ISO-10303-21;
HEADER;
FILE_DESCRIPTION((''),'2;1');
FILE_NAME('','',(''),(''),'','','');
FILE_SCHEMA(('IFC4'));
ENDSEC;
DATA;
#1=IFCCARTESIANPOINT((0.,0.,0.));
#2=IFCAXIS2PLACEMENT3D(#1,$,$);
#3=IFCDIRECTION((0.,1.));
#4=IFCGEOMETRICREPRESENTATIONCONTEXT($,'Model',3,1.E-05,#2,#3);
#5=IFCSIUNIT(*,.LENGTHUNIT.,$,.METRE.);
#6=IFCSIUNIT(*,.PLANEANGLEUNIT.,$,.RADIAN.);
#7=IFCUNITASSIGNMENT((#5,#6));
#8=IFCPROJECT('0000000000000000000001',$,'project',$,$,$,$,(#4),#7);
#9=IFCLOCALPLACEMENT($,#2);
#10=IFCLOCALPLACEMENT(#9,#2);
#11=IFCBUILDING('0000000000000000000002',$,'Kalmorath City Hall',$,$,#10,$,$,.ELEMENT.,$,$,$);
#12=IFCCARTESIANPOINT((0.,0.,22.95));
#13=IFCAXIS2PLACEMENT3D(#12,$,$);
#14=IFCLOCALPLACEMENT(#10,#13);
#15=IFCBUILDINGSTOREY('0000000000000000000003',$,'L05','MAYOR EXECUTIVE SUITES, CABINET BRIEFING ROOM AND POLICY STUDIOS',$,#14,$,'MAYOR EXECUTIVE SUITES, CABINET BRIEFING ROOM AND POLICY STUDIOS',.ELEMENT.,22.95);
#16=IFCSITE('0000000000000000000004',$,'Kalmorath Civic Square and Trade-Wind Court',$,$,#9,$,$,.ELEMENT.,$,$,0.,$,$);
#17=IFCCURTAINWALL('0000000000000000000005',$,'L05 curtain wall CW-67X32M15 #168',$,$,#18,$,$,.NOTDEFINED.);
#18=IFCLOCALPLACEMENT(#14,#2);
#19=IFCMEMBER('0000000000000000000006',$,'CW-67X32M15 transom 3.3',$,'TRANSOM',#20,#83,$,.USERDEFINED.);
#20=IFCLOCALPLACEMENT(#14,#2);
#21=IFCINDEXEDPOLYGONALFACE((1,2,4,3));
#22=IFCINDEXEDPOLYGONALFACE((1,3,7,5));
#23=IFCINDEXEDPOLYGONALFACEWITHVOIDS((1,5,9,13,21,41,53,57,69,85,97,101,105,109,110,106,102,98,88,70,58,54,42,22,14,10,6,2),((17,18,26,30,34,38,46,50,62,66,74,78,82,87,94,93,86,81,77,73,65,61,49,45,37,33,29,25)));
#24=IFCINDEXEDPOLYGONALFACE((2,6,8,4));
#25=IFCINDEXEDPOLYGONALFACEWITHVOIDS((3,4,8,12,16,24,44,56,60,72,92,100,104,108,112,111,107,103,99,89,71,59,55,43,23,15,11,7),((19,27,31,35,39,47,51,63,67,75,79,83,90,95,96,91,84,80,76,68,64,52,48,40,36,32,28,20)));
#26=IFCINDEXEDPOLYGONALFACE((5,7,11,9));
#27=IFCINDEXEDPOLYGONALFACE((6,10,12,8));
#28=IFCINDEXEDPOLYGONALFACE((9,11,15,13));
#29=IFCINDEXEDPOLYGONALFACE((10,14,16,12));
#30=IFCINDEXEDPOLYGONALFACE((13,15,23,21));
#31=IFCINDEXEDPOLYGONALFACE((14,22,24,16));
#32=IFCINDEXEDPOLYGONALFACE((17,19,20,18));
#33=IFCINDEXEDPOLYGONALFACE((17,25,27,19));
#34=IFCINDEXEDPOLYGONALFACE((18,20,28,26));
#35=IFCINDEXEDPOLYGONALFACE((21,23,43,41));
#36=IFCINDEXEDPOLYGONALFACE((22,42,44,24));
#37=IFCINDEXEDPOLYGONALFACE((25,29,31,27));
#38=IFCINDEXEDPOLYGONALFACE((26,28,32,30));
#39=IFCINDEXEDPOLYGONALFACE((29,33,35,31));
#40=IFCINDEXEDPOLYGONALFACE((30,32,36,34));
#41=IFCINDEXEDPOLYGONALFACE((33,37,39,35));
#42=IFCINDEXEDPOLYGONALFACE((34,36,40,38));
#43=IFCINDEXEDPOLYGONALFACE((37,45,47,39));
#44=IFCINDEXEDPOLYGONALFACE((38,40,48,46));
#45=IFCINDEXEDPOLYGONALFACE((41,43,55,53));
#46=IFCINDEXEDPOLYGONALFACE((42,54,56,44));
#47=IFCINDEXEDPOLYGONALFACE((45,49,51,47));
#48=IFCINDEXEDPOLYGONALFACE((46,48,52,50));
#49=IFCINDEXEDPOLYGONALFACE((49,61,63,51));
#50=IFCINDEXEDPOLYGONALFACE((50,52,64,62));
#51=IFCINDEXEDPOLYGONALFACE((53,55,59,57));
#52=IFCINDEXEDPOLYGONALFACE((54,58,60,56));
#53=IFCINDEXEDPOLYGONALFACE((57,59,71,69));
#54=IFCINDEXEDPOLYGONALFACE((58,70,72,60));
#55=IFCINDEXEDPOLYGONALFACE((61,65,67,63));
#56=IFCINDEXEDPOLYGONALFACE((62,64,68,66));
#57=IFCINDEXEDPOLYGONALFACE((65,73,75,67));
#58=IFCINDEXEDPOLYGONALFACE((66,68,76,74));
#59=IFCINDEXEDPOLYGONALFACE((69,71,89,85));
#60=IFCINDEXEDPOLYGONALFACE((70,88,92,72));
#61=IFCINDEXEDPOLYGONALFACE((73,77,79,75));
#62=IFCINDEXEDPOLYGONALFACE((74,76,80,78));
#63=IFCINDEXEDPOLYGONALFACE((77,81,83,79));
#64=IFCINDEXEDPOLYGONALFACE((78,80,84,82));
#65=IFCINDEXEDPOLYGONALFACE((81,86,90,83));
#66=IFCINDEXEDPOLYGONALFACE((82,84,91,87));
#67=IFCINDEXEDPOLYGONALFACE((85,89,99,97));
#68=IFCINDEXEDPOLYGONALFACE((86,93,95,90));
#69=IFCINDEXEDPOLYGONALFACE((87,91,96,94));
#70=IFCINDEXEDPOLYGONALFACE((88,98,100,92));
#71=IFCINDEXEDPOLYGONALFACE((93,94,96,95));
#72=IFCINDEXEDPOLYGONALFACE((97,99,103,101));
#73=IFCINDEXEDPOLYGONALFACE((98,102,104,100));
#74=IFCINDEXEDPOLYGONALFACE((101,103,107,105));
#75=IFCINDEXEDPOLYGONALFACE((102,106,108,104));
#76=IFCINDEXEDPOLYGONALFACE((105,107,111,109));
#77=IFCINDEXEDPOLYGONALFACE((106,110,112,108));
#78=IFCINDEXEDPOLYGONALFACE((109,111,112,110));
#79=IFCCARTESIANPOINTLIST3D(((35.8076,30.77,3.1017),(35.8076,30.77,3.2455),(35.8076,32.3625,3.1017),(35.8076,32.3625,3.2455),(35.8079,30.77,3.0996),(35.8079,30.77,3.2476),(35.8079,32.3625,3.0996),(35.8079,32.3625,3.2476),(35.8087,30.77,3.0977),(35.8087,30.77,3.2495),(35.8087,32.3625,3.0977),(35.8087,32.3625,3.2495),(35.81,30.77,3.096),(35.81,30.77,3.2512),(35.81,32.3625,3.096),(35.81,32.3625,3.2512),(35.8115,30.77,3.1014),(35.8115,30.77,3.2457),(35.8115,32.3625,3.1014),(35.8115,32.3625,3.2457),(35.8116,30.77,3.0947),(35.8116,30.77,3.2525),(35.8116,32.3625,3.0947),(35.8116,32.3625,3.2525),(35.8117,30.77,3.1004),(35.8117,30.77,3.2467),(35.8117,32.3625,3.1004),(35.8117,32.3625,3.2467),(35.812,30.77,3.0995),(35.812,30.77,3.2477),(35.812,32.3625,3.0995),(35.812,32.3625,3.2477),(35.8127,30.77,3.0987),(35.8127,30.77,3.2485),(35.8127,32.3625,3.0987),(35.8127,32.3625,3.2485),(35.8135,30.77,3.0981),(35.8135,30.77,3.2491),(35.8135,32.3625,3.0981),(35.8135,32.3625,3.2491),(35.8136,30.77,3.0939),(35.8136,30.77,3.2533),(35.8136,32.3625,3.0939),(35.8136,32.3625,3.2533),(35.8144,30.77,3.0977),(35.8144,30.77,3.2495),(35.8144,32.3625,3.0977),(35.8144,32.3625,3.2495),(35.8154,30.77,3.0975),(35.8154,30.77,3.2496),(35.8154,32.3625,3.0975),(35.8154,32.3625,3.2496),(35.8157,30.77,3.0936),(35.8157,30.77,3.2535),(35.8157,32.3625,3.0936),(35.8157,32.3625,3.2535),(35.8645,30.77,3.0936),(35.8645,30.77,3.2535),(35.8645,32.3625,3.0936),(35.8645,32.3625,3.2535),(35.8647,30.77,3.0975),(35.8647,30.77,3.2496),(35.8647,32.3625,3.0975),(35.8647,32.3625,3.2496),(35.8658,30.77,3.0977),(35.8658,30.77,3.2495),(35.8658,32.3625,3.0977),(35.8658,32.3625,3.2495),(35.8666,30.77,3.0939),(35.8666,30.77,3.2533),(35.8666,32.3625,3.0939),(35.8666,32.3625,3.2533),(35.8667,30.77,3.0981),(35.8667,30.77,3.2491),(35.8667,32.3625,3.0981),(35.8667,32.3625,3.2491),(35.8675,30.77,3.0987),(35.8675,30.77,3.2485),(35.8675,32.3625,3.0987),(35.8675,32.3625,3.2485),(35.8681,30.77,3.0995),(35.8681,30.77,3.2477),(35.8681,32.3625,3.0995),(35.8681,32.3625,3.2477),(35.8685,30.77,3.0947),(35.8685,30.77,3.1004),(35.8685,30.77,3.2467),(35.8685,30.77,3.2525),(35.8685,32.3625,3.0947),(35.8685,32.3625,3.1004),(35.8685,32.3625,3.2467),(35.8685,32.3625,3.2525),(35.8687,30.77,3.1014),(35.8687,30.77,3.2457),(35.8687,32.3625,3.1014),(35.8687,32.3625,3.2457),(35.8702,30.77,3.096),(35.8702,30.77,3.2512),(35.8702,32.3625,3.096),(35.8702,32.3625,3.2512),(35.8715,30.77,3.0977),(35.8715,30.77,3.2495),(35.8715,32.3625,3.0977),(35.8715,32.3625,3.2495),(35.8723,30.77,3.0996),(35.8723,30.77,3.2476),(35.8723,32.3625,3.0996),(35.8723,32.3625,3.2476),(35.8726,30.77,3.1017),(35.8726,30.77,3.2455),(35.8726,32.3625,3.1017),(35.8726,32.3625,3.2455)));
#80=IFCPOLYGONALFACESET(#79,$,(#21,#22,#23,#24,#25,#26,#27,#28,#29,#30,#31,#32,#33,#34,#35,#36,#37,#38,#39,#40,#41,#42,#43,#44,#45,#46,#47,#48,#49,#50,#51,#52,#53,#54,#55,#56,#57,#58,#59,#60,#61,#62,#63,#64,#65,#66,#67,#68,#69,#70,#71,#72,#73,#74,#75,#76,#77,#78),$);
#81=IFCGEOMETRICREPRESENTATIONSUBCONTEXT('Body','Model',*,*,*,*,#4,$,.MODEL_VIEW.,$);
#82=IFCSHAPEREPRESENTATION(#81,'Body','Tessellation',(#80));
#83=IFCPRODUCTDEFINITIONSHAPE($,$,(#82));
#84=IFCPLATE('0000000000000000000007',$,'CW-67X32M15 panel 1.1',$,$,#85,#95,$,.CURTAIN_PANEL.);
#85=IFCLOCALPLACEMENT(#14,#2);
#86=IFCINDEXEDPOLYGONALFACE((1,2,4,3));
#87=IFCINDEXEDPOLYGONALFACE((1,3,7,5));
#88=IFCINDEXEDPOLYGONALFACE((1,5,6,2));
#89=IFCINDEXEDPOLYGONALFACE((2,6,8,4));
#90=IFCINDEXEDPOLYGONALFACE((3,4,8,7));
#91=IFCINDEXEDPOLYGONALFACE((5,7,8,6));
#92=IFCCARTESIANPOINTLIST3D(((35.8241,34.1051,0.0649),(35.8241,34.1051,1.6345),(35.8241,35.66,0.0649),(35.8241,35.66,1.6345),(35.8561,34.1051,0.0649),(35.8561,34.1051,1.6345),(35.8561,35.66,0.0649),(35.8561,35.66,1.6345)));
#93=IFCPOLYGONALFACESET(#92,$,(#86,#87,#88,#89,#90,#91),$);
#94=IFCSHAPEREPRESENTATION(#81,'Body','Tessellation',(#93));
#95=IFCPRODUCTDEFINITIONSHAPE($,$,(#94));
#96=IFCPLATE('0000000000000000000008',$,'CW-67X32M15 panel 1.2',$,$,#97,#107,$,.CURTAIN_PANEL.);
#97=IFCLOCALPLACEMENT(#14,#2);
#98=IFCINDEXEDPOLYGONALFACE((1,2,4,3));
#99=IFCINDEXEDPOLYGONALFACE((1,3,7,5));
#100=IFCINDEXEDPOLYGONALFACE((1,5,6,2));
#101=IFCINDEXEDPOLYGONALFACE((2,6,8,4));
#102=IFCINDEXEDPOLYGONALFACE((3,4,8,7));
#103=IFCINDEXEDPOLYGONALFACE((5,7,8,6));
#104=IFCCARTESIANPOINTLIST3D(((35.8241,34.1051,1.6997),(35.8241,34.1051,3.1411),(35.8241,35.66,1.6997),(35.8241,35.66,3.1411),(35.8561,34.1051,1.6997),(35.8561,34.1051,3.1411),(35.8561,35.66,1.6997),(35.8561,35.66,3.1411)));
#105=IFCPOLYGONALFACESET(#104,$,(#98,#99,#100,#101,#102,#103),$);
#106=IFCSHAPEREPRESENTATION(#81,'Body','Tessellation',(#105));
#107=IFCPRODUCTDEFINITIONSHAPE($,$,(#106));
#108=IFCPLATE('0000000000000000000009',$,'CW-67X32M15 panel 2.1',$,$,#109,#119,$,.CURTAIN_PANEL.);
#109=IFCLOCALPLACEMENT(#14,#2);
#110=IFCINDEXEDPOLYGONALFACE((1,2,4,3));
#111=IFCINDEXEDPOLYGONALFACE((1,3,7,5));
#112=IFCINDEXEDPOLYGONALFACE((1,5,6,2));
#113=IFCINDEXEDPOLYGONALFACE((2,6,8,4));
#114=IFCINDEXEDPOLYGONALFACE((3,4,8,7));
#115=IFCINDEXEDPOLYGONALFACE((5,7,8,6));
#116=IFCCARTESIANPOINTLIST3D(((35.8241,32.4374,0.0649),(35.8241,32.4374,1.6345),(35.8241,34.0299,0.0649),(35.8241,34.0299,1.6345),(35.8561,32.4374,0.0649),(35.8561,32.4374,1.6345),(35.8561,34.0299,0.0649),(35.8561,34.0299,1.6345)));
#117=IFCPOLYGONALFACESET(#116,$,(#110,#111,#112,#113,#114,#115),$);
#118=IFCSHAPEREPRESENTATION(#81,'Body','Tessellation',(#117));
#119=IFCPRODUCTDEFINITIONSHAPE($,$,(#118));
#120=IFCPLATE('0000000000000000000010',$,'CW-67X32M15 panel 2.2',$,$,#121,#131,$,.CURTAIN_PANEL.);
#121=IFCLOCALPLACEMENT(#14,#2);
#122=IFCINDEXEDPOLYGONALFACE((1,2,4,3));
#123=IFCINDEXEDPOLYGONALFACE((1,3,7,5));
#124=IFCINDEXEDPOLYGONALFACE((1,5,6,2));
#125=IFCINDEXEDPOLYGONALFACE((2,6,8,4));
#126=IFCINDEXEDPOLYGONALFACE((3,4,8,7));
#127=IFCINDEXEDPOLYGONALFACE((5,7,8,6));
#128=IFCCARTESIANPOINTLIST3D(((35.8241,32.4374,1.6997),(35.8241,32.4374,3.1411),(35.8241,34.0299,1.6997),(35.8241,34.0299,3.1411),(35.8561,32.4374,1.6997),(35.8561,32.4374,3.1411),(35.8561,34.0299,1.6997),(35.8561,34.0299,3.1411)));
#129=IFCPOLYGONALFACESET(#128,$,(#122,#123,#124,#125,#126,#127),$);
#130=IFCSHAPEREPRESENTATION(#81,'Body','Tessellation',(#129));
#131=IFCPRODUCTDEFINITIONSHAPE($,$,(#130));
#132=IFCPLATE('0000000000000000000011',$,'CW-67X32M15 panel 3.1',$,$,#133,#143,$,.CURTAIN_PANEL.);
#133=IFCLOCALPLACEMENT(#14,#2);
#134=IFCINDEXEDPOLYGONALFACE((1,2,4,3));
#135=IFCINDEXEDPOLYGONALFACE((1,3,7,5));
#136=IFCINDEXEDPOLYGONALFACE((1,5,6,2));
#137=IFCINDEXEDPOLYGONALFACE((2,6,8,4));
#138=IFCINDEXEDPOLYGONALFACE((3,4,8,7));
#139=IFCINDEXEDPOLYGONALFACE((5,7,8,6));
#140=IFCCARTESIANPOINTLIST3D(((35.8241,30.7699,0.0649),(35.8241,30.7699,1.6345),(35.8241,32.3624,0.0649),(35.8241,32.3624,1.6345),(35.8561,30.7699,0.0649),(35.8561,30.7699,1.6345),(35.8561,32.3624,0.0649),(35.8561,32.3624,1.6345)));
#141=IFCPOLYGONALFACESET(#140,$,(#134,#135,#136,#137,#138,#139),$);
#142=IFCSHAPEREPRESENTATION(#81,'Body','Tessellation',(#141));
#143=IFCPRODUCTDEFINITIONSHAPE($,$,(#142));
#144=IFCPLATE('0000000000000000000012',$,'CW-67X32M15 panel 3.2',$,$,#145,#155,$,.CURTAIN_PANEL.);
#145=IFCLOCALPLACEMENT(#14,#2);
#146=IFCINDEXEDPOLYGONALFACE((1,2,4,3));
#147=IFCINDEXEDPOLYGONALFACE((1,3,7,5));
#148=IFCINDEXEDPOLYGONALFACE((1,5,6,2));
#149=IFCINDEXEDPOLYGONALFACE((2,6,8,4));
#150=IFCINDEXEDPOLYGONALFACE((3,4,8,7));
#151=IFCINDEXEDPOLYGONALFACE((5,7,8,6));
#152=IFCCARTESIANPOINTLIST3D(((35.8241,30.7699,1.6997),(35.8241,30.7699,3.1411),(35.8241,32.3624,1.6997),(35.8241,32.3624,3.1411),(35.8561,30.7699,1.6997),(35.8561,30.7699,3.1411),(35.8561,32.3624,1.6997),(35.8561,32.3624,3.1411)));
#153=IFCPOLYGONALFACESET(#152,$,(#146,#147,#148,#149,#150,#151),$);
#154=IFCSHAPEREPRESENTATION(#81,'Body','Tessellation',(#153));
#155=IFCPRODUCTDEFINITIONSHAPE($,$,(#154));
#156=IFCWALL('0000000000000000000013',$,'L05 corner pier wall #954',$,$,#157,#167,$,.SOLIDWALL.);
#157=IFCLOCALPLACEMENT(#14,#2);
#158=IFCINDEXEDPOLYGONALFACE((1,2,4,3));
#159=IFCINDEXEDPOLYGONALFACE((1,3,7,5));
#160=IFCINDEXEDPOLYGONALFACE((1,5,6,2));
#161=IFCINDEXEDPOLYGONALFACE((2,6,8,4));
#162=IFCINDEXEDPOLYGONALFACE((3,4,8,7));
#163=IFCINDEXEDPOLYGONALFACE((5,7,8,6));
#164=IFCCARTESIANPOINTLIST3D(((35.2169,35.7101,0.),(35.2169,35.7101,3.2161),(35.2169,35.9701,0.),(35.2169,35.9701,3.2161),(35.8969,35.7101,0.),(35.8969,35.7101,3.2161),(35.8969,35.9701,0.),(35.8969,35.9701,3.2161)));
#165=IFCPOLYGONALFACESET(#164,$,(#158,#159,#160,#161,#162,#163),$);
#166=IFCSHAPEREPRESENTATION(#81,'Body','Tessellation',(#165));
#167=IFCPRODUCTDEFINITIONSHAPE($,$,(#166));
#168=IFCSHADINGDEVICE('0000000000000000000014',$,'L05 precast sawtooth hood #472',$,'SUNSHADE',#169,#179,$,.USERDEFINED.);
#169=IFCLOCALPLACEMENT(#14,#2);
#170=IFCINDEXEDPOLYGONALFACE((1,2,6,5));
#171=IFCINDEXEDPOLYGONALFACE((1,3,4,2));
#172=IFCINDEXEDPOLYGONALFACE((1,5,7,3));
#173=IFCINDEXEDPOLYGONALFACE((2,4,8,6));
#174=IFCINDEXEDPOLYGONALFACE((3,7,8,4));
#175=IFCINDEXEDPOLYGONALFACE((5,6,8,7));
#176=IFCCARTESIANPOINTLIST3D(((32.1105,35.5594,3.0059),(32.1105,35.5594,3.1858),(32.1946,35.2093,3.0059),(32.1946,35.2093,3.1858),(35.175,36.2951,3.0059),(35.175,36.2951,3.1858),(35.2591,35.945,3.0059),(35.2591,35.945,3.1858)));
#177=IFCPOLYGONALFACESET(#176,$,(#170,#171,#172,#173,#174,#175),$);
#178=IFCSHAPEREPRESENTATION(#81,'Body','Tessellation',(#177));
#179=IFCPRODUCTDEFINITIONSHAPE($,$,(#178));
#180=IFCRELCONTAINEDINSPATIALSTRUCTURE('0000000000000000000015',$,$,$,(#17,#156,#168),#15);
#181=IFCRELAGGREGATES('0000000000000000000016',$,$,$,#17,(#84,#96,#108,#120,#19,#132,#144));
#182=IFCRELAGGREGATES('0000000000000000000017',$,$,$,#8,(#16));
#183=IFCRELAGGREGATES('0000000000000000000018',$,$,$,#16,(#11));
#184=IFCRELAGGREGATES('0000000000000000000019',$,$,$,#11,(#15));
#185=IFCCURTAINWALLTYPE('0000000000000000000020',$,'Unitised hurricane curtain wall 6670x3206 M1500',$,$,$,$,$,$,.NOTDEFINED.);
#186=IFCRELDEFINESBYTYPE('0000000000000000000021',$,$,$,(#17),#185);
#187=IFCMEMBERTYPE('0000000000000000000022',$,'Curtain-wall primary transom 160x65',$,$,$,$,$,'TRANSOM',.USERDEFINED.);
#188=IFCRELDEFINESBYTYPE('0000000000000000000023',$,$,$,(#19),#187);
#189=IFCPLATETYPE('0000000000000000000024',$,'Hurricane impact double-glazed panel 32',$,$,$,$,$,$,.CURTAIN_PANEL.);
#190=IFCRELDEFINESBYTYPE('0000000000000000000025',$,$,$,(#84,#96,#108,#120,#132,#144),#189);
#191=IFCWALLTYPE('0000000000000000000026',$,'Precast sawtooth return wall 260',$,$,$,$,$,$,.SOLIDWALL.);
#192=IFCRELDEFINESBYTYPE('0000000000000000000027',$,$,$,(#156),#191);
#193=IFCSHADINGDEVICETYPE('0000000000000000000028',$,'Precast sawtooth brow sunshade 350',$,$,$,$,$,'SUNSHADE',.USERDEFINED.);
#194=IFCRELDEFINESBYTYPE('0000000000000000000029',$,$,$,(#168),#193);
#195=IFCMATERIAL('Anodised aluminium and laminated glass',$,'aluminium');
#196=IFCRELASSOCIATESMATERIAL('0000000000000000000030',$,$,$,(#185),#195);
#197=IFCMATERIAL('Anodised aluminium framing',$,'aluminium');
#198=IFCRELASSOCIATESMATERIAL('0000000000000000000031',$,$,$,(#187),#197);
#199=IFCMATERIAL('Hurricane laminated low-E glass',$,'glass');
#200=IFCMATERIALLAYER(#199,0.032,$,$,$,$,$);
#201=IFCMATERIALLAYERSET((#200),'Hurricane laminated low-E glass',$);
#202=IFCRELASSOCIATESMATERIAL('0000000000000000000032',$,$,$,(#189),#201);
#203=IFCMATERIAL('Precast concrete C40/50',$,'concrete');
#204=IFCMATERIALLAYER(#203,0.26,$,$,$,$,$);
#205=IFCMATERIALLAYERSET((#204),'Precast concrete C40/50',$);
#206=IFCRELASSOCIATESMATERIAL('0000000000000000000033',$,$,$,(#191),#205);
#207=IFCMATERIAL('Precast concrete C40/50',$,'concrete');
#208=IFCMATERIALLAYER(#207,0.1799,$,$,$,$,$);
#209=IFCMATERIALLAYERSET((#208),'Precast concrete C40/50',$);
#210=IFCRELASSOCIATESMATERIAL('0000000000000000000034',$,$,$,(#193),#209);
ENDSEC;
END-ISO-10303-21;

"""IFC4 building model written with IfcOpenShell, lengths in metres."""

from ifc_helpers import new_model, si_unit, direction, frame, frame_2d, origin, origin_2d, place, context, subcontext, project, spatial, rectangle, hollow_rectangle, extrude, material, layer, layer_set, material_profile, profile_set, type_object, element, aggregate, save


model = new_model("IFC4")

# Units and contexts
model_context = context("Model", 3, precision=1e-05, world=origin(), true_north=direction((0.0, 1.0)))
body_context = subcontext(model_context, "Body", "Model", "MODEL_VIEW")
ifc_project = project(units=[si_unit("LENGTHUNIT", "METRE"), si_unit("PLANEANGLEUNIT", "RADIAN")], contexts=[model_context])

# Site, building, storey
site_placement = place(None, origin())
site = spatial("IfcSite", under=ifc_project, at=site_placement, Name="Kalmorath Civic Square and Trade-Wind Court", CompositionType="ELEMENT", RefElevation=0.0)
building_placement = place(site_placement, origin())
building = spatial("IfcBuilding", under=site, at=building_placement, Name="Kalmorath City Hall", CompositionType="ELEMENT")
storey_placement = place(building_placement, frame((0.0, 0.0, 22.95)))
storey = spatial("IfcBuildingStorey", under=building, at=storey_placement, Name="L05", Description="MAYOR EXECUTIVE SUITES, CABINET BRIEFING ROOM AND POLICY STUDIOS", LongName="MAYOR EXECUTIVE SUITES, CABINET BRIEFING ROOM AND POLICY STUDIOS", CompositionType="ELEMENT", Elevation=22.95)

# Curtain wall, member, plates
ifc_material_1 = material(Name="Anodised aluminium and laminated glass", Category="aluminium")
curtain_wall_type = type_object("IfcCurtainWallType", Name="Unitised hurricane curtain wall 6670x3206 M1500", PredefinedType="NOTDEFINED", material=ifc_material_1)
curtain_wall_placement = place(storey_placement, origin())
curtain_wall = element("IfcCurtainWall", 1, at=curtain_wall_placement, inside=storey, type_object=curtain_wall_type, Name="L05 curtain wall CW-67X32M15 #168", PredefinedType="NOTDEFINED")
ifc_material_2 = material(Name="Anodised aluminium framing", Category="aluminium")
ifc_material_profile_1 = material_profile(ifc_material_2, hollow_rectangle(XDim=0.0649, YDim=0.1599, WallThickness=0.0039, InnerFilletRadius=0.0039, OuterFilletRadius=0.0081, at=origin_2d()), Name="ALU-TRN-160X65X4")
ifc_profile_set_1 = profile_set([ifc_material_profile_1], Name="Anodised aluminium framing")
member_type_1 = type_object("IfcMemberType", Name="Curtain-wall primary transom 160x65", ElementType="TRANSOM", PredefinedType="USERDEFINED", material=ifc_profile_set_1)
member_1_placement = place(storey_placement, frame((35.8401, 32.3625, 3.1736), z_axis=(0.0, -1.0, 0.0), x_axis=(1.0, 0.0, 0.0)))
member_1 = element("IfcMember", 2, at=member_1_placement, type_object=member_type_1, Name="CW-67X32M15 transom 3.3", ObjectType="TRANSOM", PredefinedType="USERDEFINED", context=body_context, shape_type="SweptSolid", body=[
    extrude(hollow_rectangle(XDim=0.0649, YDim=0.1599, WallThickness=0.0039, InnerFilletRadius=0.0039, OuterFilletRadius=0.0081, at=origin_2d()), origin(), (0.0, 0.0, 1.0), 1.5925),
])
ifc_material_3 = material(Name="Hurricane laminated low-E glass", Category="glass")
ifc_layer_1 = layer(ifc_material_3, 0.032)
ifc_layer_set_1 = layer_set([ifc_layer_1], Name="Hurricane laminated low-E glass")
plate_type = type_object("IfcPlateType", Name="Hurricane impact double-glazed panel 32", PredefinedType="CURTAIN_PANEL", material=ifc_layer_set_1)
plate_1_placement = place(storey_placement, frame((35.8401, 34.8826, 0.0649), z_axis=(0.0, 0.0, 1.0), x_axis=(0.0, -1.0, 0.0)))
plate_1 = element("IfcPlate", 3, at=plate_1_placement, type_object=plate_type, Name="CW-67X32M15 panel 1.1", PredefinedType="CURTAIN_PANEL", context=body_context, shape_type="SweptSolid", body=[
    extrude(rectangle(XDim=1.5549, YDim=0.032, at=origin_2d()), origin(), (0.0, 0.0, 1.0), 1.5696),
])
plate_2_placement = place(storey_placement, frame((35.8401, 34.8826, 1.6997), z_axis=(0.0, 0.0, 1.0), x_axis=(0.0, -1.0, 0.0)))
plate_2 = element("IfcPlate", 4, at=plate_2_placement, type_object=plate_type, Name="CW-67X32M15 panel 1.2", PredefinedType="CURTAIN_PANEL", context=body_context, shape_type="SweptSolid", body=[
    extrude(rectangle(XDim=1.5549, YDim=0.032, at=origin_2d()), origin(), (0.0, 0.0, 1.0), 1.4414),
])
plate_3_placement = place(storey_placement, frame((35.8401, 33.2336, 0.0649), z_axis=(0.0, 0.0, 1.0), x_axis=(0.0, -1.0, 0.0)))
plate_3 = element("IfcPlate", 5, at=plate_3_placement, type_object=plate_type, Name="CW-67X32M15 panel 2.1", PredefinedType="CURTAIN_PANEL", context=body_context, shape_type="SweptSolid", body=[
    extrude(rectangle(XDim=1.5925, YDim=0.032, at=origin_2d()), origin(), (0.0, 0.0, 1.0), 1.5696),
])
plate_4_placement = place(storey_placement, frame((35.8401, 33.2336, 1.6997), z_axis=(0.0, 0.0, 1.0), x_axis=(0.0, -1.0, 0.0)))
plate_4 = element("IfcPlate", 6, at=plate_4_placement, type_object=plate_type, Name="CW-67X32M15 panel 2.2", PredefinedType="CURTAIN_PANEL", context=body_context, shape_type="SweptSolid", body=[
    extrude(rectangle(XDim=1.5925, YDim=0.032, at=origin_2d()), origin(), (0.0, 0.0, 1.0), 1.4414),
])
plate_5_placement = place(storey_placement, frame((35.8401, 31.5662, 0.0649), z_axis=(0.0, 0.0, 1.0), x_axis=(0.0, -1.0, 0.0)))
plate_5 = element("IfcPlate", 7, at=plate_5_placement, type_object=plate_type, Name="CW-67X32M15 panel 3.1", PredefinedType="CURTAIN_PANEL", context=body_context, shape_type="SweptSolid", body=[
    extrude(rectangle(XDim=1.5925, YDim=0.032, at=origin_2d()), origin(), (0.0, 0.0, 1.0), 1.5696),
])
plate_6_placement = place(storey_placement, frame((35.8401, 31.5662, 1.6997), z_axis=(0.0, 0.0, 1.0), x_axis=(0.0, -1.0, 0.0)))
plate_6 = element("IfcPlate", 8, at=plate_6_placement, type_object=plate_type, Name="CW-67X32M15 panel 3.2", PredefinedType="CURTAIN_PANEL", context=body_context, shape_type="SweptSolid", body=[
    extrude(rectangle(XDim=1.5925, YDim=0.032, at=origin_2d()), origin(), (0.0, 0.0, 1.0), 1.4414),
])
aggregate(curtain_wall, [plate_1, plate_2, plate_3, plate_4, member_1, plate_5, plate_6])

# Wall
ifc_material_4 = material(Name="Precast concrete C40/50", Category="concrete")
ifc_layer_2 = layer(ifc_material_4, 0.26)
ifc_layer_set_2 = layer_set([ifc_layer_2], Name="Precast concrete C40/50")
wall_type = type_object("IfcWallType", Name="Precast sawtooth return wall 260", PredefinedType="SOLIDWALL", material=ifc_layer_set_2)
wall_placement = place(storey_placement, frame((35.217, 35.8401, 0.0), z_axis=(0.0, 0.0, 1.0), x_axis=(1.0, 0.0, 0.0)))
element("IfcWall", 9, at=wall_placement, inside=storey, type_object=wall_type, Name="L05 corner pier wall #954", PredefinedType="SOLIDWALL", context=body_context, shape_type="SweptSolid", body=[
    extrude(rectangle(XDim=0.6799, YDim=0.26, at=frame_2d((0.3398, 0.0))), origin(), (0.0, 0.0, 1.0), 3.2161),
])

# Shading device
ifc_material_5 = material(Name="Precast concrete C40/50", Category="concrete")
ifc_layer_3 = layer(ifc_material_5, 0.1799)
ifc_layer_set_3 = layer_set([ifc_layer_3], Name="Precast concrete C40/50")
shading_device_type = type_object("IfcShadingDeviceType", Name="Precast sawtooth brow sunshade 350", ElementType="SUNSHADE", PredefinedType="USERDEFINED", material=ifc_layer_set_3)
shading_device_placement = place(storey_placement, frame((33.6848, 35.7522, 3.0059), z_axis=(0.0, 0.0, 1.0), x_axis=(0.97237, 0.233445, 0.0)))
element("IfcShadingDevice", 10, at=shading_device_placement, inside=storey, type_object=shading_device_type, Name="L05 precast sawtooth hood #472", ObjectType="SUNSHADE", PredefinedType="USERDEFINED", context=body_context, shape_type="SweptSolid", body=[
    extrude(rectangle(XDim=3.1516, YDim=0.3601, at=origin_2d()), origin(), (0.0, 0.0, 1.0), 0.1799),
])

save(model, "model.ifc")
